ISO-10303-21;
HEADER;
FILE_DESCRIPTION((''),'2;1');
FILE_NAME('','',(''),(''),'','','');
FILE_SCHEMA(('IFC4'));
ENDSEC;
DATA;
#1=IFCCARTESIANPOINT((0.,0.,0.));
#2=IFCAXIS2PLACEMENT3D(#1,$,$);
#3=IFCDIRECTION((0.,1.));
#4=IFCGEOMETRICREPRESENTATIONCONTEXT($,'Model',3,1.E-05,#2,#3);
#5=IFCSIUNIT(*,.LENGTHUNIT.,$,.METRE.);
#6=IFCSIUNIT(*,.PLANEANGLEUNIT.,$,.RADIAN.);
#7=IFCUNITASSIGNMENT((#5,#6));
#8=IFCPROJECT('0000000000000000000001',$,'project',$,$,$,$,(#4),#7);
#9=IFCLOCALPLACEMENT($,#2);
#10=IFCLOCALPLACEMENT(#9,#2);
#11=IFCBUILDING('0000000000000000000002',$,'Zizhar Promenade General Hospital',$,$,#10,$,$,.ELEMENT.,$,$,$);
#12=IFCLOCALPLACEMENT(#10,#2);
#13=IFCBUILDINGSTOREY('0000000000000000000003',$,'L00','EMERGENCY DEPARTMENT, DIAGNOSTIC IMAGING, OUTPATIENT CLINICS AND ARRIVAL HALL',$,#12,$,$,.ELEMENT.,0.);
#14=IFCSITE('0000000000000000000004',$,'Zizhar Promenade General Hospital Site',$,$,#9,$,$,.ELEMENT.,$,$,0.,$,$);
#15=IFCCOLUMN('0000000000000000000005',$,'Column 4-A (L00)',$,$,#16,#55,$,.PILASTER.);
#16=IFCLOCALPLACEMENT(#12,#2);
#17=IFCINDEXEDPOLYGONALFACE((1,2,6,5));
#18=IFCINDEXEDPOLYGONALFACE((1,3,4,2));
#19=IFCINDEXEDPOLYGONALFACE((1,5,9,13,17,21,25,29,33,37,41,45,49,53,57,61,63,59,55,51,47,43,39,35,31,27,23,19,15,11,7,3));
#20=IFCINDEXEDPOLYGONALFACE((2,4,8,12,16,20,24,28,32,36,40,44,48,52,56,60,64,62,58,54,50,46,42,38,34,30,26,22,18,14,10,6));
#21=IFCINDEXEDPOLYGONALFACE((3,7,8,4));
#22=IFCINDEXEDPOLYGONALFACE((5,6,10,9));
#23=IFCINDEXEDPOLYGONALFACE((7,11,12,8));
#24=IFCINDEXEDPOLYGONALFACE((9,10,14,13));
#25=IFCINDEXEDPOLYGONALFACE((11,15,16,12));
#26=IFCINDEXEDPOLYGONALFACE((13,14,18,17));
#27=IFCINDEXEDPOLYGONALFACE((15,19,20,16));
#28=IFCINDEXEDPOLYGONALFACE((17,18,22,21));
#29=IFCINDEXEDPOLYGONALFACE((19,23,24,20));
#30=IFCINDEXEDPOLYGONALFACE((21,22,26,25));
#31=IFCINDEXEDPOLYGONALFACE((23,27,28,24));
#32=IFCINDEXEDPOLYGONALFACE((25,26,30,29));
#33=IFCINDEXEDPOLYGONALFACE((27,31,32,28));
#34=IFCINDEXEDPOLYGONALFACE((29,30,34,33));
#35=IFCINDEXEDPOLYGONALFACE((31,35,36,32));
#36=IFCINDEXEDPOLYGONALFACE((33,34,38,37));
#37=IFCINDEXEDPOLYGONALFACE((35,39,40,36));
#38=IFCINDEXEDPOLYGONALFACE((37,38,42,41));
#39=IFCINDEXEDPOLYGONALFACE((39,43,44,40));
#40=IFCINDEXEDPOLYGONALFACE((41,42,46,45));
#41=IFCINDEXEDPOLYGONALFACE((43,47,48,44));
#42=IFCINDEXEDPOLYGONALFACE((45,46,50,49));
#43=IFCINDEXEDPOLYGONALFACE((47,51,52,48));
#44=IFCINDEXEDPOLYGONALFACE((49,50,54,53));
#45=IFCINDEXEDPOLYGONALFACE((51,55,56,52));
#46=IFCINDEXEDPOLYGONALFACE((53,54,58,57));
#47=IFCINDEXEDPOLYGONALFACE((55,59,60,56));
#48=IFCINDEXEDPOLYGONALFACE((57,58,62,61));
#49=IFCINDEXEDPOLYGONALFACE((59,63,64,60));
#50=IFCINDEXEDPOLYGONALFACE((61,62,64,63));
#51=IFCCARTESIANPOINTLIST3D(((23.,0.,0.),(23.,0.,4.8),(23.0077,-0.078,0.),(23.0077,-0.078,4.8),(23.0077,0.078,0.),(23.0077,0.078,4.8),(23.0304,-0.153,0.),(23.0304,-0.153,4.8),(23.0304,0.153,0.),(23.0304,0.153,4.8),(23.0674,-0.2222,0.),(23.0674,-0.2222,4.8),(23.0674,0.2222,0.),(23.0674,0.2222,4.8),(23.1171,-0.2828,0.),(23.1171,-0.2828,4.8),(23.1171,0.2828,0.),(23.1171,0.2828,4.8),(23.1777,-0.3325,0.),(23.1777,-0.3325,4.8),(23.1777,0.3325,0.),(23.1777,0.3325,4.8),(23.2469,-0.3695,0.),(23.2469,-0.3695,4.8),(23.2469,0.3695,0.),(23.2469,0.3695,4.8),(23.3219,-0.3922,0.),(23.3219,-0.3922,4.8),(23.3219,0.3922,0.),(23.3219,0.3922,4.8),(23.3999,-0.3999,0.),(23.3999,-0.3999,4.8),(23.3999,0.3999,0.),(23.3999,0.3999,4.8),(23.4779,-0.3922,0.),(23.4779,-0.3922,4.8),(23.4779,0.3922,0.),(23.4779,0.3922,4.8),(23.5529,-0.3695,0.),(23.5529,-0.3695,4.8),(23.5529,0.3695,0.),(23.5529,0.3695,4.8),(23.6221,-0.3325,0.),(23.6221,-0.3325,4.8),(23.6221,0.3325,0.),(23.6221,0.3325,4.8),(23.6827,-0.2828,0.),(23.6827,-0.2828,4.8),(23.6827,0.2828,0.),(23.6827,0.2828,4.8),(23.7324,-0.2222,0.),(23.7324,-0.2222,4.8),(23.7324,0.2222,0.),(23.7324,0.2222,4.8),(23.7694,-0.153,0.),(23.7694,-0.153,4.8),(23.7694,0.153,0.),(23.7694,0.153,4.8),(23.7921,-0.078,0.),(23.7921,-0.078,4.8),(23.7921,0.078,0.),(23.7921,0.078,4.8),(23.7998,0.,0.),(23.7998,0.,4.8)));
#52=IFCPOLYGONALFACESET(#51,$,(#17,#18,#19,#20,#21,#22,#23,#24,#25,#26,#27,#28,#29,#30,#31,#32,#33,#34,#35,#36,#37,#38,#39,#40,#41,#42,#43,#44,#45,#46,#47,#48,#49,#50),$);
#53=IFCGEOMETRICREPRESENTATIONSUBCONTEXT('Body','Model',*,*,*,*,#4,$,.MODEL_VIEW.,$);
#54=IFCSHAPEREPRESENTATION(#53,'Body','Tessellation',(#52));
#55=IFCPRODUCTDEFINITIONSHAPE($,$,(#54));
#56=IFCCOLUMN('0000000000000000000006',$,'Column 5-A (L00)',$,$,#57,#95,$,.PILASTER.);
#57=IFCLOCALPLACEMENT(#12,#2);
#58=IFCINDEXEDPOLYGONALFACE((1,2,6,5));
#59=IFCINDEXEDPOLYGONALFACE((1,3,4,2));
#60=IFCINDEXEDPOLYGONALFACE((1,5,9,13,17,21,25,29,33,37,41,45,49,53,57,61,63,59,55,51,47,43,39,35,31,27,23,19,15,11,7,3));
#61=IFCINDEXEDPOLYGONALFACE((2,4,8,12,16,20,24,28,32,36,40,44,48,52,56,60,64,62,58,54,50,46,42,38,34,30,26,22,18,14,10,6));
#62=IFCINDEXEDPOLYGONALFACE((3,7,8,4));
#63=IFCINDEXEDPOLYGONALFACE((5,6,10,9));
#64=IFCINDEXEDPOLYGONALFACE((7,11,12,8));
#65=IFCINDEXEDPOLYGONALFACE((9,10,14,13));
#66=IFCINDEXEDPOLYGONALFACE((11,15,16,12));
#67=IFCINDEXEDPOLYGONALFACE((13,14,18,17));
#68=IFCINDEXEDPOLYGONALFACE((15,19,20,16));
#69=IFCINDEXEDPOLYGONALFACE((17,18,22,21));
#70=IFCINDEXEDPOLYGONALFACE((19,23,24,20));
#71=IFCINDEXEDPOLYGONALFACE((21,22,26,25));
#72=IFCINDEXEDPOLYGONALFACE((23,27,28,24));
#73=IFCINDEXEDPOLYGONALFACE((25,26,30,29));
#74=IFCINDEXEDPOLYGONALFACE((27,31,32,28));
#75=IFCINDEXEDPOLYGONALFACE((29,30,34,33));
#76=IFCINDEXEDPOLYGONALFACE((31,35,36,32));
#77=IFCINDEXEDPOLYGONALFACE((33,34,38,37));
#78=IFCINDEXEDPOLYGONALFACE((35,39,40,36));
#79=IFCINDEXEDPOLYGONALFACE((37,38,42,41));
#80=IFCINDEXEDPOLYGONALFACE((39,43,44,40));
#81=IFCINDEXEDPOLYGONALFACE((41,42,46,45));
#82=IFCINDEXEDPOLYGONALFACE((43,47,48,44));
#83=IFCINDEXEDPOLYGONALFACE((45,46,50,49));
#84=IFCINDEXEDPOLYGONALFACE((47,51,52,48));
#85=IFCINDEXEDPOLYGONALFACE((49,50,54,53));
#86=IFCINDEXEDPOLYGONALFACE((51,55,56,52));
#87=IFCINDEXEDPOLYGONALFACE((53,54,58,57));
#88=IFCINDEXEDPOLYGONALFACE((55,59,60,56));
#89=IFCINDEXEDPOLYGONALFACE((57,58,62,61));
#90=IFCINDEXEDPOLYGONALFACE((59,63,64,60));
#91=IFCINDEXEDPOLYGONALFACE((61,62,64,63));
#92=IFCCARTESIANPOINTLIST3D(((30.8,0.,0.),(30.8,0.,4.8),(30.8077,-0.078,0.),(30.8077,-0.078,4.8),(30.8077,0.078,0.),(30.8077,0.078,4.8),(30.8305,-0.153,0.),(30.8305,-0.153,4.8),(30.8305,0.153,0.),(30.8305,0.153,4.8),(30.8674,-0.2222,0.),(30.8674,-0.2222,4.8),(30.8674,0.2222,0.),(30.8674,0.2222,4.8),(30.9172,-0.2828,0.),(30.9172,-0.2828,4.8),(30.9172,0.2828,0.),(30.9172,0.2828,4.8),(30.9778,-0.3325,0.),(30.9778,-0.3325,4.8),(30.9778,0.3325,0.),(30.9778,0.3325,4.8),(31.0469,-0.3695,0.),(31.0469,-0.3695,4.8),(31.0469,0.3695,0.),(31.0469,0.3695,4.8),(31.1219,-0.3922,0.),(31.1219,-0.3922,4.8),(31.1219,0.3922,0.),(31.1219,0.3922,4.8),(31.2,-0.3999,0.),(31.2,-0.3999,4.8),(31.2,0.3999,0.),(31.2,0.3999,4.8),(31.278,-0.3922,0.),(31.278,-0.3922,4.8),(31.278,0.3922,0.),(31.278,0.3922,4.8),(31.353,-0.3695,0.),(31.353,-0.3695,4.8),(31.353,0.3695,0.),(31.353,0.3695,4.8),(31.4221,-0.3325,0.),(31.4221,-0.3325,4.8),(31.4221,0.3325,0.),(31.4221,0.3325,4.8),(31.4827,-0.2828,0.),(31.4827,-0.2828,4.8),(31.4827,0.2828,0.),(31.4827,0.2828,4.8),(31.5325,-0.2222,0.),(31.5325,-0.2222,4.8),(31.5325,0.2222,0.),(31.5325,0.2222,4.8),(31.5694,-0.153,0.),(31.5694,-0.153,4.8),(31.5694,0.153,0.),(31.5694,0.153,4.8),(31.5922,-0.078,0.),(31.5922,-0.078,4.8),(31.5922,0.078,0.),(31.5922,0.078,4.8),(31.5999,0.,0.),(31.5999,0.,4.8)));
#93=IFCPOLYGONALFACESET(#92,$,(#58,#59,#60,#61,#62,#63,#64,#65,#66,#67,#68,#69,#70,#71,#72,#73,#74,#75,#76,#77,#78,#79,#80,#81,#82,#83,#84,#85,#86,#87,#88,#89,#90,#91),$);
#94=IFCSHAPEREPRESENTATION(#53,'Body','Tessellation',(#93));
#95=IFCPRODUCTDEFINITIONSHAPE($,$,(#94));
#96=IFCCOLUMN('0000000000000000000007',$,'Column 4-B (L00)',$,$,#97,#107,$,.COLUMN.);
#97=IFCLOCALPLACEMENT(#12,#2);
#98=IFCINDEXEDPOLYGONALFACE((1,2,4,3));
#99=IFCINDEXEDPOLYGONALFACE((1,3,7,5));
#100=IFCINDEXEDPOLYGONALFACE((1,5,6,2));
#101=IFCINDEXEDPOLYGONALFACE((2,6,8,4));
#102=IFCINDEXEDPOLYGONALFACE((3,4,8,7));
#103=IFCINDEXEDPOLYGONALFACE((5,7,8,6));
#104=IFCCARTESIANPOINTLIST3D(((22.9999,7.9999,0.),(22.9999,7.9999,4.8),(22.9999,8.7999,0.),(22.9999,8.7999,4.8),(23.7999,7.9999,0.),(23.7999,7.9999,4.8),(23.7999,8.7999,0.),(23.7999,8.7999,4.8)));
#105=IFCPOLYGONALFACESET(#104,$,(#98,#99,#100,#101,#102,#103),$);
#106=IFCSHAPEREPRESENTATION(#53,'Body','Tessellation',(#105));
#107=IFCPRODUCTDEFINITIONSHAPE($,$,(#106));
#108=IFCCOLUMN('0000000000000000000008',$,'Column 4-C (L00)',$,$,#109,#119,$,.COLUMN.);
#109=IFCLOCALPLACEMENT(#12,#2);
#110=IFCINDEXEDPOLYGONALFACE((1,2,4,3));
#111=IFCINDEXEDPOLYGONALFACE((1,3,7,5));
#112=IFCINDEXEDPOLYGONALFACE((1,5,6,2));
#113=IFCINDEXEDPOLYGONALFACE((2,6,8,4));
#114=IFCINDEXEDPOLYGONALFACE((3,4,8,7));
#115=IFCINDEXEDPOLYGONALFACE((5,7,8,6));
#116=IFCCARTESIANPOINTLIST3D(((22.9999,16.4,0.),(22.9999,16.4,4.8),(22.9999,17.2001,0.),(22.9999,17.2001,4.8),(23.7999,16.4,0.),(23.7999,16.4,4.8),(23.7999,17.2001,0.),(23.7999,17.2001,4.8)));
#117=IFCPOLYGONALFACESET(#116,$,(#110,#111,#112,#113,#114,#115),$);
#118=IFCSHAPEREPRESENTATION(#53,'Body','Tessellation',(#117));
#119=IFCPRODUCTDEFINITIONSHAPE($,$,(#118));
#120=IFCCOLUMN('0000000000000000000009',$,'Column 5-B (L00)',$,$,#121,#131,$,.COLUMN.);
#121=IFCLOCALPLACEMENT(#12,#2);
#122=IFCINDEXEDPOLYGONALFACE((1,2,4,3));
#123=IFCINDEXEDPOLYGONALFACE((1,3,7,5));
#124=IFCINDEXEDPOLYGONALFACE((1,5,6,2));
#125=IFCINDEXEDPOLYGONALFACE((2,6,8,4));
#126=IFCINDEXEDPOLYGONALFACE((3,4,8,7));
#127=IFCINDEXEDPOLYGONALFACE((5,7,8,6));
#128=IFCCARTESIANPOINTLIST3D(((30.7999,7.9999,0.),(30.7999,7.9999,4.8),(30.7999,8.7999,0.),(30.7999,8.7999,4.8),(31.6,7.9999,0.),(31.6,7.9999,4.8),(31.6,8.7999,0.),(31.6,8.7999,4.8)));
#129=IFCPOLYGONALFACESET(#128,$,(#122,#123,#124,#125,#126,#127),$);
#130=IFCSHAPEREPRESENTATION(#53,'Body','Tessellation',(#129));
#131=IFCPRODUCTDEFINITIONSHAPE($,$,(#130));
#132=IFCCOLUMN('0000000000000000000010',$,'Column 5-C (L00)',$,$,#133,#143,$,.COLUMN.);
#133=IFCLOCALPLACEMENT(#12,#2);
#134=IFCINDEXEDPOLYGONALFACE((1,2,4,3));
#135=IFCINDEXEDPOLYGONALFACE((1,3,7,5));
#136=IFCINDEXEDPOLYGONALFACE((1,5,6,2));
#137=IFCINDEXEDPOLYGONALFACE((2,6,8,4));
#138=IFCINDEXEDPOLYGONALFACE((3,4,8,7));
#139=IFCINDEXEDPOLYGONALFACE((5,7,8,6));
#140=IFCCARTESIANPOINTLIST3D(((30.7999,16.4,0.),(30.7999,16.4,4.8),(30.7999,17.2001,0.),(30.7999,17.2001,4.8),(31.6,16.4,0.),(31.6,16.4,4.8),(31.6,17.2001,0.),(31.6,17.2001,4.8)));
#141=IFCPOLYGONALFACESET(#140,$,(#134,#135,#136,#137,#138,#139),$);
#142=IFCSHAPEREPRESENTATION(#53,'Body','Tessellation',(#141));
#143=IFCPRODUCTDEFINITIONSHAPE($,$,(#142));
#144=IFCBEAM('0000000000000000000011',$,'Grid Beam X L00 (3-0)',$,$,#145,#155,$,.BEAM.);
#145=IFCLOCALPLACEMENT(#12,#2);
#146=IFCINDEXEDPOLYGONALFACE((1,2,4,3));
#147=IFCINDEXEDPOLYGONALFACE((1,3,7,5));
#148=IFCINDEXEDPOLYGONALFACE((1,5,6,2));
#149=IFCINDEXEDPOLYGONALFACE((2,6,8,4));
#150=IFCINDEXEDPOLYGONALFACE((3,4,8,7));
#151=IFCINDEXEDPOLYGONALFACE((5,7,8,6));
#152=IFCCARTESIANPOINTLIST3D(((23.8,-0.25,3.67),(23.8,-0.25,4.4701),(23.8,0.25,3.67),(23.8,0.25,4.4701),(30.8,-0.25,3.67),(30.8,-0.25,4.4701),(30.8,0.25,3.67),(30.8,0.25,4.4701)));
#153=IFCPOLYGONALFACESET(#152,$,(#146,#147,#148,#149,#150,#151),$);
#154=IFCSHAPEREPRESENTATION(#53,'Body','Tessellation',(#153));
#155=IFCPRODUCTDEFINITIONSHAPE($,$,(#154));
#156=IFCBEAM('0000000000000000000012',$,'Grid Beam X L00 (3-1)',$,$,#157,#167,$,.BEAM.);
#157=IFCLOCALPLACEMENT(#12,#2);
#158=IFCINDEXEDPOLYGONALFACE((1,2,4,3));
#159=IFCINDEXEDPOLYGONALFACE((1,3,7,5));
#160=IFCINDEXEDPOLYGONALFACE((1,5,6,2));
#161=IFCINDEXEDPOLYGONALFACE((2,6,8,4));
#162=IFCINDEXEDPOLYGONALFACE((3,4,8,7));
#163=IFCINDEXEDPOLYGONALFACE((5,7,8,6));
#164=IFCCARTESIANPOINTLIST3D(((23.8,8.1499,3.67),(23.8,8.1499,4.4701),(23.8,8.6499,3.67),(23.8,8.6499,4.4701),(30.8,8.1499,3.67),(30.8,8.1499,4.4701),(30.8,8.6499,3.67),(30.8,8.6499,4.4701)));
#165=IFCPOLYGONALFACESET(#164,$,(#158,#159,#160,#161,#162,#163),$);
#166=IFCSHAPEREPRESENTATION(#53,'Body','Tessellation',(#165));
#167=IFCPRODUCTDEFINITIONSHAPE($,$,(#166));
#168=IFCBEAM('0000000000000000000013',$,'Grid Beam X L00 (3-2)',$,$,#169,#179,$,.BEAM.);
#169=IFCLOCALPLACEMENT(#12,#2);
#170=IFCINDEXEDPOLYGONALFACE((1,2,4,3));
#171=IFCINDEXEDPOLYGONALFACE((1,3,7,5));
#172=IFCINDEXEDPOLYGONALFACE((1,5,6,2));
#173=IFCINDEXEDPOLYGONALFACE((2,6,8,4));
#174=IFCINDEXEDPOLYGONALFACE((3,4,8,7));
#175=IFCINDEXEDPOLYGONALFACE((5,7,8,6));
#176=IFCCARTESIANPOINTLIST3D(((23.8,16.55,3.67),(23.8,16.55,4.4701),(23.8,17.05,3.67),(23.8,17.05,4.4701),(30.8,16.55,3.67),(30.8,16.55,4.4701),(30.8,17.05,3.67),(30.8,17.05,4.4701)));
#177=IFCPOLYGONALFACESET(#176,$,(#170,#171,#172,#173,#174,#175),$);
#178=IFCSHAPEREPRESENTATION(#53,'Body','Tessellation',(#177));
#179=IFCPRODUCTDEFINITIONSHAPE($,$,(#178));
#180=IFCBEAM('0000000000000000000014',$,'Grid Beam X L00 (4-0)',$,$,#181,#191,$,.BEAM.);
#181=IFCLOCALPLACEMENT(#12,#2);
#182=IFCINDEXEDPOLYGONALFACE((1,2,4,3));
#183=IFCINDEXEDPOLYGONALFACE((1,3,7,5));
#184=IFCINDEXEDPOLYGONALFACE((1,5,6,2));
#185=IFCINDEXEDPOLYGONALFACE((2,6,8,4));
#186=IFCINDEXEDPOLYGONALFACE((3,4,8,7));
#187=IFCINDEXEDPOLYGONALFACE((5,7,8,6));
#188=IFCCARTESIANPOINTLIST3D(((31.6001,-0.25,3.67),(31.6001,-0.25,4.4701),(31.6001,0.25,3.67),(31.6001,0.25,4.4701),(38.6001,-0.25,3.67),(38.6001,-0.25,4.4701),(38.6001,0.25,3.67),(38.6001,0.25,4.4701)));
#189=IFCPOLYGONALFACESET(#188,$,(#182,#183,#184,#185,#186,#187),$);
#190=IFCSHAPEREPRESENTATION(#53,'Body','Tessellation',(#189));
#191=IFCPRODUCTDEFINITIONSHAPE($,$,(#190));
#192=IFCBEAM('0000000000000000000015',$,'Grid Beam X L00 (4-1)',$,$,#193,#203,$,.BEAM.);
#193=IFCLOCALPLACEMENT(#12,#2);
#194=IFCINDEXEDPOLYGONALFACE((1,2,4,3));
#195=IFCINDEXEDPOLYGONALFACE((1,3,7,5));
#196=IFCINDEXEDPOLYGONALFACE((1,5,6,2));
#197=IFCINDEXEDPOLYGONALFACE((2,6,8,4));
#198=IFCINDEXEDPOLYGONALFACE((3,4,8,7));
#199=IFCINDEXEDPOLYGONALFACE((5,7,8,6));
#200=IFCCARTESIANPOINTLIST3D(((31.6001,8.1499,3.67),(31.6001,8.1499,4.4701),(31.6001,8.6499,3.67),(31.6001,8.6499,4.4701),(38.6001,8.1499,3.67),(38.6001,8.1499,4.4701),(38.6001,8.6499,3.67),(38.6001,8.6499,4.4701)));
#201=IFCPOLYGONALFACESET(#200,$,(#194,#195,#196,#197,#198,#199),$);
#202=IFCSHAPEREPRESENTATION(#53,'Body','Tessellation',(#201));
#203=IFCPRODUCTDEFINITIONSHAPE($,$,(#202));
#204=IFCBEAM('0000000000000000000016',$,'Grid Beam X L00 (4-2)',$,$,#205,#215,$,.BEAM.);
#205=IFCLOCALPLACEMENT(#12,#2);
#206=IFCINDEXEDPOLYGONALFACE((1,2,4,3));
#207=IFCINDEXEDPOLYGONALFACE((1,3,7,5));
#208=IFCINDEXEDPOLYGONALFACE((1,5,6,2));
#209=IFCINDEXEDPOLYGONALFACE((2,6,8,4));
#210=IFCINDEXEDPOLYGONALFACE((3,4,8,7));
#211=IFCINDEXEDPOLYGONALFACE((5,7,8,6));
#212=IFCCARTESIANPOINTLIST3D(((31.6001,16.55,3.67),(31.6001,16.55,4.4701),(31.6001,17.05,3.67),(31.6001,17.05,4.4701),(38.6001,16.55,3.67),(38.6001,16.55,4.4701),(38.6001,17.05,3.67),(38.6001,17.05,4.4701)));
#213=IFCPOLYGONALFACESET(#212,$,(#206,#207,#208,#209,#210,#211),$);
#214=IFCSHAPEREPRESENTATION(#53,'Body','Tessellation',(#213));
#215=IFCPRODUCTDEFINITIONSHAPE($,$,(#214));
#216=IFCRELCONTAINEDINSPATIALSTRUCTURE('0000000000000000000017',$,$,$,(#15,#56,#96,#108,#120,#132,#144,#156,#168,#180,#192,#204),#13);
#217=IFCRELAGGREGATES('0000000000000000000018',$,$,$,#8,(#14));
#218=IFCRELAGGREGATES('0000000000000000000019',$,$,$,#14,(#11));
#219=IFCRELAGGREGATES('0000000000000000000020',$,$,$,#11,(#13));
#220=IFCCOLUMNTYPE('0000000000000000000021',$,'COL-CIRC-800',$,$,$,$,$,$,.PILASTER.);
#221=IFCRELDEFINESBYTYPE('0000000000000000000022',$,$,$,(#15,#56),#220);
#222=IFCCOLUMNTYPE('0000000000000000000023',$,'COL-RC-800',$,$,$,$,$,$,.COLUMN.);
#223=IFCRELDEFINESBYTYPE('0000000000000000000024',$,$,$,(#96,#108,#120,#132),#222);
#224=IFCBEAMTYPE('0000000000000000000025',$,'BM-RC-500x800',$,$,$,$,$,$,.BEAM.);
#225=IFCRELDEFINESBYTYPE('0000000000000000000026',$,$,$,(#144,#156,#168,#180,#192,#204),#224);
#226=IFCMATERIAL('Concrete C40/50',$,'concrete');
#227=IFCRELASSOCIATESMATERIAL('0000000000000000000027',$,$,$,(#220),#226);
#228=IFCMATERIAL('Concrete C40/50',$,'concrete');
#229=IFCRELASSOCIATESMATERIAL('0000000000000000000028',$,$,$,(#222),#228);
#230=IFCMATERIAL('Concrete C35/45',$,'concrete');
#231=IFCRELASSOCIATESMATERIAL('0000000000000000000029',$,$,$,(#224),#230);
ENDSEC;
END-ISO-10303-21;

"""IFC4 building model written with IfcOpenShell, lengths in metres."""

from ifc_helpers import new_model, si_unit, direction, frame, origin, origin_2d, place, context, subcontext, project, spatial, rectangle, circle, extrude, material, material_profile, profile_set, type_object, element, save


model = new_model("IFC4")

# Units and contexts
model_context = context("Model", 3, precision=1e-05, world=origin(), true_north=direction((0.0, 1.0)))
body_context = subcontext(model_context, "Body", "Model", "MODEL_VIEW")
ifc_project = project(units=[si_unit("LENGTHUNIT", "METRE"), si_unit("PLANEANGLEUNIT", "RADIAN")], contexts=[model_context])

# Site, building, storey
site_placement = place(None, origin())
site = spatial("IfcSite", under=ifc_project, at=site_placement, Name="Zizhar Promenade General Hospital Site", CompositionType="ELEMENT", RefElevation=0.0)
building_placement = place(site_placement, origin())
building = spatial("IfcBuilding", under=site, at=building_placement, Name="Zizhar Promenade General Hospital", CompositionType="ELEMENT")
storey_placement = place(building_placement, origin())
storey = spatial("IfcBuildingStorey", under=building, at=storey_placement, Name="L00", Description="EMERGENCY DEPARTMENT, DIAGNOSTIC IMAGING, OUTPATIENT CLINICS AND ARRIVAL HALL", CompositionType="ELEMENT", Elevation=0.0)

# Columns
ifc_material_1 = material(Name="Concrete C40/50", Category="concrete")
ifc_material_profile_1 = material_profile(ifc_material_1, circle(Radius=0.3999, at=origin_2d()))
ifc_profile_set_1 = profile_set([ifc_material_profile_1], Name="Concrete C40/50")
column_type_1 = type_object("IfcColumnType", Name="COL-CIRC-800", PredefinedType="PILASTER", material=ifc_profile_set_1)
for number, where, z_axis, x_axis, name in (
    (1, (23.3999, 0.0, 0.0), (0.0, 0.0, 1.0), (1.0, 0.0, 0.0), "Column 4-A (L00)"),
    (2, (31.2, 0.0, 0.0), (0.0, 0.0, 1.0), (1.0, 0.0, 0.0), "Column 5-A (L00)"),
):
    element("IfcColumn", number, at=place(storey_placement, frame(where, z_axis=z_axis, x_axis=x_axis)), inside=storey, type_object=column_type_1, Name=name, PredefinedType="PILASTER", context=body_context, shape_type="SweptSolid", body=[
        extrude(circle(Radius=0.3999, at=origin_2d()), origin(), (0.0, 0.0, 1.0), 4.8),
    ])
ifc_material_2 = material(Name="Concrete C40/50", Category="concrete")
ifc_material_profile_2 = material_profile(ifc_material_2, rectangle(XDim=0.8, YDim=0.8, at=origin_2d()))
ifc_profile_set_2 = profile_set([ifc_material_profile_2], Name="Concrete C40/50")
column_type_2 = type_object("IfcColumnType", Name="COL-RC-800", PredefinedType="COLUMN", material=ifc_profile_set_2)
for number, where, z_axis, x_axis, name in (
    (3, (23.3999, 8.3999, 0.0), (0.0, 0.0, 1.0), (1.0, 0.0, 0.0), "Column 4-B (L00)"),
    (4, (23.3999, 16.8, 0.0), (0.0, 0.0, 1.0), (1.0, 0.0, 0.0), "Column 4-C (L00)"),
    (5, (31.2, 8.3999, 0.0), (0.0, 0.0, 1.0), (1.0, 0.0, 0.0), "Column 5-B (L00)"),
    (6, (31.2, 16.8, 0.0), (0.0, 0.0, 1.0), (1.0, 0.0, 0.0), "Column 5-C (L00)"),
):
    element("IfcColumn", number, at=place(storey_placement, frame(where, z_axis=z_axis, x_axis=x_axis)), inside=storey, type_object=column_type_2, Name=name, PredefinedType="COLUMN", context=body_context, shape_type="SweptSolid", body=[
        extrude(rectangle(XDim=0.8, YDim=0.8, at=origin_2d()), origin(), (0.0, 0.0, 1.0), 4.8),
    ])

# Beams
ifc_material_3 = material(Name="Concrete C35/45", Category="concrete")
ifc_material_profile_3 = material_profile(ifc_material_3, rectangle(XDim=0.5, YDim=0.8, at=origin_2d()))
ifc_profile_set_3 = profile_set([ifc_material_profile_3], Name="Concrete C35/45")
beam_type_1 = type_object("IfcBeamType", Name="BM-RC-500x800", PredefinedType="BEAM", material=ifc_profile_set_3)
for number, where, z_axis, x_axis, name in (
    (7, (23.8, 0.0, 4.0701), (1.0, 0.0, 0.0), (0.0, 1.0, 0.0), "Grid Beam X L00 (3-0)"),
    (8, (23.8, 8.3999, 4.0701), (1.0, 0.0, 0.0), (0.0, 1.0, 0.0), "Grid Beam X L00 (3-1)"),
    (9, (23.8, 16.8, 4.0701), (1.0, 0.0, 0.0), (0.0, 1.0, 0.0), "Grid Beam X L00 (3-2)"),
    (10, (31.6001, 0.0, 4.0701), (1.0, 0.0, 0.0), (0.0, 1.0, 0.0), "Grid Beam X L00 (4-0)"),
    (11, (31.6001, 8.3999, 4.0701), (1.0, 0.0, 0.0), (0.0, 1.0, 0.0), "Grid Beam X L00 (4-1)"),
    (12, (31.6001, 16.8, 4.0701), (1.0, 0.0, 0.0), (0.0, 1.0, 0.0), "Grid Beam X L00 (4-2)"),
):
    element("IfcBeam", number, at=place(storey_placement, frame(where, z_axis=z_axis, x_axis=x_axis)), inside=storey, type_object=beam_type_1, Name=name, PredefinedType="BEAM", context=body_context, shape_type="SweptSolid", body=[
        extrude(rectangle(XDim=0.5, YDim=0.8, at=origin_2d()), origin(), (0.0, 0.0, 1.0), 7.0),
    ])

save(model, "model.ifc")
